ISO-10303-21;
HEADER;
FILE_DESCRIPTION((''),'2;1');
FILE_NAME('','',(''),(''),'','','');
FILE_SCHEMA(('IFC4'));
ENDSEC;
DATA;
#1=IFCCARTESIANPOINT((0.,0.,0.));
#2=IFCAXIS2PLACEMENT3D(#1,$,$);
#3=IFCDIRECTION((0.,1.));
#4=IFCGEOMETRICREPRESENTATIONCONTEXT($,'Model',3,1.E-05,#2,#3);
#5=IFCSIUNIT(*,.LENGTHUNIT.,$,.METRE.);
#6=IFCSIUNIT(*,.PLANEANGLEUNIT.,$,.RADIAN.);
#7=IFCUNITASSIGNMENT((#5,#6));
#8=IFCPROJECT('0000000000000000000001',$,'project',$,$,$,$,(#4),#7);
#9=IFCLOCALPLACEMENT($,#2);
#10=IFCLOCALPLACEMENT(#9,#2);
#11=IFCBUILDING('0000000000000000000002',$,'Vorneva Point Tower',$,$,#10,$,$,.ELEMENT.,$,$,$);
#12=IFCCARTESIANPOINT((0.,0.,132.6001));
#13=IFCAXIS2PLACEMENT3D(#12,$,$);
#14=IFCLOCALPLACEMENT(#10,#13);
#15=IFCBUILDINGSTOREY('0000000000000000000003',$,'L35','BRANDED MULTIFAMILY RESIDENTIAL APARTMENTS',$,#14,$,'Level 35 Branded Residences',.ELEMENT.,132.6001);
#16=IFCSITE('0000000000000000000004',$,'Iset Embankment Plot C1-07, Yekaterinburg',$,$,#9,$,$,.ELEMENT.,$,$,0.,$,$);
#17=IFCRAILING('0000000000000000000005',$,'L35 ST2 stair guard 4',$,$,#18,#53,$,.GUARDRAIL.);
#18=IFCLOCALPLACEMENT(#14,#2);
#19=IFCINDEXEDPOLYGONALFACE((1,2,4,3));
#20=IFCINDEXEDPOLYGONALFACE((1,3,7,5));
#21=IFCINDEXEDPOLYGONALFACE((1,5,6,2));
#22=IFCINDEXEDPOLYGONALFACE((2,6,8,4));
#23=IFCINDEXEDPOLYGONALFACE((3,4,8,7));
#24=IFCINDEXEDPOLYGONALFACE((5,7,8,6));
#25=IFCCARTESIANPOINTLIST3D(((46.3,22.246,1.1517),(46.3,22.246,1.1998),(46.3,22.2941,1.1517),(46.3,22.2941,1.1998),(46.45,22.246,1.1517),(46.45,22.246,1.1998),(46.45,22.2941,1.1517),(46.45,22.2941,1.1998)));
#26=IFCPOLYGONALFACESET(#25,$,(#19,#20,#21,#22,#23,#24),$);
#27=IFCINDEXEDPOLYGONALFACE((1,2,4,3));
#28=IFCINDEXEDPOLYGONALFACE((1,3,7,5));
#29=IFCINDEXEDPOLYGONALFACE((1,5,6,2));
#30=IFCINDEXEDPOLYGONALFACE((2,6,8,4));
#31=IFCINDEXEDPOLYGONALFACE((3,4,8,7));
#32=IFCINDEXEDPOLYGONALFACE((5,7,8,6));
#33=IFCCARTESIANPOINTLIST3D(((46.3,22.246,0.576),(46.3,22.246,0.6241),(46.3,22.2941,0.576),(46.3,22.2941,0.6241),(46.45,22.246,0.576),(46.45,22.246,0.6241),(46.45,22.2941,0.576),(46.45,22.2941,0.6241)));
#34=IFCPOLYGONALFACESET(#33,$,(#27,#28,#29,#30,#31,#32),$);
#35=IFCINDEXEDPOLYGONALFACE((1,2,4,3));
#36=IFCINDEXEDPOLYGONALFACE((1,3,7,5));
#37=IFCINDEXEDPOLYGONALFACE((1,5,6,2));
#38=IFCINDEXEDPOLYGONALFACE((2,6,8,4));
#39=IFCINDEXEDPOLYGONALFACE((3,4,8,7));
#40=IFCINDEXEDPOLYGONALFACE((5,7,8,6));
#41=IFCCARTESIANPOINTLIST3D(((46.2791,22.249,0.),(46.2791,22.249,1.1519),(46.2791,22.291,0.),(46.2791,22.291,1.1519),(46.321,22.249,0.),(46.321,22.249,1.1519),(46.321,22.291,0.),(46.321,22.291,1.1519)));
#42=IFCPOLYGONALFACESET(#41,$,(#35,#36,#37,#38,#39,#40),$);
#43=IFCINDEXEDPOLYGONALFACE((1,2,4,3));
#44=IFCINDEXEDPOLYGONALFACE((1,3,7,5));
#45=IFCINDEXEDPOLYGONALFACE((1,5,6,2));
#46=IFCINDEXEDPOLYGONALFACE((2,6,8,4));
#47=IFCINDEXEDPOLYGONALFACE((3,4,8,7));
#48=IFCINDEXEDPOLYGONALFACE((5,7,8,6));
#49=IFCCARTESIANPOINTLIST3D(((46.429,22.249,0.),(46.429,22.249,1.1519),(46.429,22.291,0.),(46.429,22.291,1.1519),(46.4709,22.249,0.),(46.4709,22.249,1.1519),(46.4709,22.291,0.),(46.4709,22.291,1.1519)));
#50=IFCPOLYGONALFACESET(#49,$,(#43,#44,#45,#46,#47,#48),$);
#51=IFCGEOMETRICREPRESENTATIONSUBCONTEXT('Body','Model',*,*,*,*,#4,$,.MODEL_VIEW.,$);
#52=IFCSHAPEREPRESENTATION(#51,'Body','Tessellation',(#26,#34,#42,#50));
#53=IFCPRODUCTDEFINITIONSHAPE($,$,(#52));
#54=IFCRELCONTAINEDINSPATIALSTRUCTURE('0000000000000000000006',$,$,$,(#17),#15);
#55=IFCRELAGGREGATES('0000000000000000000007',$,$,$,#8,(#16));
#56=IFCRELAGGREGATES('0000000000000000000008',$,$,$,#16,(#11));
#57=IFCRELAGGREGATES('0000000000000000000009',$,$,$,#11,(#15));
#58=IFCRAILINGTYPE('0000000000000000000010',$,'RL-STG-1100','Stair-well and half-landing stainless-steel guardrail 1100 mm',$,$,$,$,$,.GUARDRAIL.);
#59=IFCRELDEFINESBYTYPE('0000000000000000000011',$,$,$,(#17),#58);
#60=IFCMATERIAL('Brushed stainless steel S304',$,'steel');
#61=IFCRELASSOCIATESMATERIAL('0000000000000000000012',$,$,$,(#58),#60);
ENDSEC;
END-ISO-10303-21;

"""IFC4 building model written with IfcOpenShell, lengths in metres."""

from ifc_helpers import new_model, si_unit, direction, frame, origin, origin_2d, place, context, subcontext, project, spatial, rectangle, extrude, material, type_object, element, save


model = new_model("IFC4")

# Units and contexts
model_context = context("Model", 3, precision=1e-05, world=origin(), true_north=direction((0.0, 1.0)))
body_context = subcontext(model_context, "Body", "Model", "MODEL_VIEW")
ifc_project = project(units=[si_unit("LENGTHUNIT", "METRE"), si_unit("PLANEANGLEUNIT", "RADIAN")], contexts=[model_context])

# Site, building, storey
site_placement = place(None, origin())
site = spatial("IfcSite", under=ifc_project, at=site_placement, Name="Iset Embankment Plot C1-07, Yekaterinburg", CompositionType="ELEMENT", RefElevation=0.0)
building_placement = place(site_placement, origin())
building = spatial("IfcBuilding", under=site, at=building_placement, Name="Vorneva Point Tower", CompositionType="ELEMENT")
storey_placement = place(building_placement, frame((0.0, 0.0, 132.6001)))
storey = spatial("IfcBuildingStorey", under=building, at=storey_placement, Name="L35", Description="BRANDED MULTIFAMILY RESIDENTIAL APARTMENTS", LongName="Level 35 Branded Residences", CompositionType="ELEMENT", Elevation=132.6001)

# Shared definitions
ifc_material_1 = material(Name="Brushed stainless steel S304", Category="steel")

# Railing
railing_type_1 = type_object("IfcRailingType", Name="RL-STG-1100", Description="Stair-well and half-landing stainless-steel guardrail 1100 mm", PredefinedType="GUARDRAIL", material=ifc_material_1)
railing_1_placement = place(storey_placement, frame((46.3, 22.27, 0.0)))
element("IfcRailing", 1, at=railing_1_placement, inside=storey, type_object=railing_type_1, Name="L35 ST2 stair guard 4", PredefinedType="GUARDRAIL", context=body_context, shape_type="SweptSolid", body=[
    extrude(rectangle(XDim=0.0481, YDim=0.0481, at=origin_2d()), frame((0.0, 0.0, 1.1758), z_axis=(1.0, 0.0, 0.0), x_axis=(0.0, 1.0, 0.0)), (0.0, 0.0, 1.0), 0.1499),
    extrude(rectangle(XDim=0.0481, YDim=0.0481, at=origin_2d()), frame((0.0, 0.0, 0.6001), z_axis=(1.0, 0.0, 0.0), x_axis=(0.0, 1.0, 0.0)), (0.0, 0.0, 1.0), 0.1499),
    extrude(rectangle(XDim=0.042, YDim=0.042, at=origin_2d()), origin(), (0.0, 0.0, 1.0), 1.1519),
    extrude(rectangle(XDim=0.042, YDim=0.042, at=origin_2d()), frame((0.1499, 0.0, 0.0)), (0.0, 0.0, 1.0), 1.1519),
])

save(model, "model.ifc")
